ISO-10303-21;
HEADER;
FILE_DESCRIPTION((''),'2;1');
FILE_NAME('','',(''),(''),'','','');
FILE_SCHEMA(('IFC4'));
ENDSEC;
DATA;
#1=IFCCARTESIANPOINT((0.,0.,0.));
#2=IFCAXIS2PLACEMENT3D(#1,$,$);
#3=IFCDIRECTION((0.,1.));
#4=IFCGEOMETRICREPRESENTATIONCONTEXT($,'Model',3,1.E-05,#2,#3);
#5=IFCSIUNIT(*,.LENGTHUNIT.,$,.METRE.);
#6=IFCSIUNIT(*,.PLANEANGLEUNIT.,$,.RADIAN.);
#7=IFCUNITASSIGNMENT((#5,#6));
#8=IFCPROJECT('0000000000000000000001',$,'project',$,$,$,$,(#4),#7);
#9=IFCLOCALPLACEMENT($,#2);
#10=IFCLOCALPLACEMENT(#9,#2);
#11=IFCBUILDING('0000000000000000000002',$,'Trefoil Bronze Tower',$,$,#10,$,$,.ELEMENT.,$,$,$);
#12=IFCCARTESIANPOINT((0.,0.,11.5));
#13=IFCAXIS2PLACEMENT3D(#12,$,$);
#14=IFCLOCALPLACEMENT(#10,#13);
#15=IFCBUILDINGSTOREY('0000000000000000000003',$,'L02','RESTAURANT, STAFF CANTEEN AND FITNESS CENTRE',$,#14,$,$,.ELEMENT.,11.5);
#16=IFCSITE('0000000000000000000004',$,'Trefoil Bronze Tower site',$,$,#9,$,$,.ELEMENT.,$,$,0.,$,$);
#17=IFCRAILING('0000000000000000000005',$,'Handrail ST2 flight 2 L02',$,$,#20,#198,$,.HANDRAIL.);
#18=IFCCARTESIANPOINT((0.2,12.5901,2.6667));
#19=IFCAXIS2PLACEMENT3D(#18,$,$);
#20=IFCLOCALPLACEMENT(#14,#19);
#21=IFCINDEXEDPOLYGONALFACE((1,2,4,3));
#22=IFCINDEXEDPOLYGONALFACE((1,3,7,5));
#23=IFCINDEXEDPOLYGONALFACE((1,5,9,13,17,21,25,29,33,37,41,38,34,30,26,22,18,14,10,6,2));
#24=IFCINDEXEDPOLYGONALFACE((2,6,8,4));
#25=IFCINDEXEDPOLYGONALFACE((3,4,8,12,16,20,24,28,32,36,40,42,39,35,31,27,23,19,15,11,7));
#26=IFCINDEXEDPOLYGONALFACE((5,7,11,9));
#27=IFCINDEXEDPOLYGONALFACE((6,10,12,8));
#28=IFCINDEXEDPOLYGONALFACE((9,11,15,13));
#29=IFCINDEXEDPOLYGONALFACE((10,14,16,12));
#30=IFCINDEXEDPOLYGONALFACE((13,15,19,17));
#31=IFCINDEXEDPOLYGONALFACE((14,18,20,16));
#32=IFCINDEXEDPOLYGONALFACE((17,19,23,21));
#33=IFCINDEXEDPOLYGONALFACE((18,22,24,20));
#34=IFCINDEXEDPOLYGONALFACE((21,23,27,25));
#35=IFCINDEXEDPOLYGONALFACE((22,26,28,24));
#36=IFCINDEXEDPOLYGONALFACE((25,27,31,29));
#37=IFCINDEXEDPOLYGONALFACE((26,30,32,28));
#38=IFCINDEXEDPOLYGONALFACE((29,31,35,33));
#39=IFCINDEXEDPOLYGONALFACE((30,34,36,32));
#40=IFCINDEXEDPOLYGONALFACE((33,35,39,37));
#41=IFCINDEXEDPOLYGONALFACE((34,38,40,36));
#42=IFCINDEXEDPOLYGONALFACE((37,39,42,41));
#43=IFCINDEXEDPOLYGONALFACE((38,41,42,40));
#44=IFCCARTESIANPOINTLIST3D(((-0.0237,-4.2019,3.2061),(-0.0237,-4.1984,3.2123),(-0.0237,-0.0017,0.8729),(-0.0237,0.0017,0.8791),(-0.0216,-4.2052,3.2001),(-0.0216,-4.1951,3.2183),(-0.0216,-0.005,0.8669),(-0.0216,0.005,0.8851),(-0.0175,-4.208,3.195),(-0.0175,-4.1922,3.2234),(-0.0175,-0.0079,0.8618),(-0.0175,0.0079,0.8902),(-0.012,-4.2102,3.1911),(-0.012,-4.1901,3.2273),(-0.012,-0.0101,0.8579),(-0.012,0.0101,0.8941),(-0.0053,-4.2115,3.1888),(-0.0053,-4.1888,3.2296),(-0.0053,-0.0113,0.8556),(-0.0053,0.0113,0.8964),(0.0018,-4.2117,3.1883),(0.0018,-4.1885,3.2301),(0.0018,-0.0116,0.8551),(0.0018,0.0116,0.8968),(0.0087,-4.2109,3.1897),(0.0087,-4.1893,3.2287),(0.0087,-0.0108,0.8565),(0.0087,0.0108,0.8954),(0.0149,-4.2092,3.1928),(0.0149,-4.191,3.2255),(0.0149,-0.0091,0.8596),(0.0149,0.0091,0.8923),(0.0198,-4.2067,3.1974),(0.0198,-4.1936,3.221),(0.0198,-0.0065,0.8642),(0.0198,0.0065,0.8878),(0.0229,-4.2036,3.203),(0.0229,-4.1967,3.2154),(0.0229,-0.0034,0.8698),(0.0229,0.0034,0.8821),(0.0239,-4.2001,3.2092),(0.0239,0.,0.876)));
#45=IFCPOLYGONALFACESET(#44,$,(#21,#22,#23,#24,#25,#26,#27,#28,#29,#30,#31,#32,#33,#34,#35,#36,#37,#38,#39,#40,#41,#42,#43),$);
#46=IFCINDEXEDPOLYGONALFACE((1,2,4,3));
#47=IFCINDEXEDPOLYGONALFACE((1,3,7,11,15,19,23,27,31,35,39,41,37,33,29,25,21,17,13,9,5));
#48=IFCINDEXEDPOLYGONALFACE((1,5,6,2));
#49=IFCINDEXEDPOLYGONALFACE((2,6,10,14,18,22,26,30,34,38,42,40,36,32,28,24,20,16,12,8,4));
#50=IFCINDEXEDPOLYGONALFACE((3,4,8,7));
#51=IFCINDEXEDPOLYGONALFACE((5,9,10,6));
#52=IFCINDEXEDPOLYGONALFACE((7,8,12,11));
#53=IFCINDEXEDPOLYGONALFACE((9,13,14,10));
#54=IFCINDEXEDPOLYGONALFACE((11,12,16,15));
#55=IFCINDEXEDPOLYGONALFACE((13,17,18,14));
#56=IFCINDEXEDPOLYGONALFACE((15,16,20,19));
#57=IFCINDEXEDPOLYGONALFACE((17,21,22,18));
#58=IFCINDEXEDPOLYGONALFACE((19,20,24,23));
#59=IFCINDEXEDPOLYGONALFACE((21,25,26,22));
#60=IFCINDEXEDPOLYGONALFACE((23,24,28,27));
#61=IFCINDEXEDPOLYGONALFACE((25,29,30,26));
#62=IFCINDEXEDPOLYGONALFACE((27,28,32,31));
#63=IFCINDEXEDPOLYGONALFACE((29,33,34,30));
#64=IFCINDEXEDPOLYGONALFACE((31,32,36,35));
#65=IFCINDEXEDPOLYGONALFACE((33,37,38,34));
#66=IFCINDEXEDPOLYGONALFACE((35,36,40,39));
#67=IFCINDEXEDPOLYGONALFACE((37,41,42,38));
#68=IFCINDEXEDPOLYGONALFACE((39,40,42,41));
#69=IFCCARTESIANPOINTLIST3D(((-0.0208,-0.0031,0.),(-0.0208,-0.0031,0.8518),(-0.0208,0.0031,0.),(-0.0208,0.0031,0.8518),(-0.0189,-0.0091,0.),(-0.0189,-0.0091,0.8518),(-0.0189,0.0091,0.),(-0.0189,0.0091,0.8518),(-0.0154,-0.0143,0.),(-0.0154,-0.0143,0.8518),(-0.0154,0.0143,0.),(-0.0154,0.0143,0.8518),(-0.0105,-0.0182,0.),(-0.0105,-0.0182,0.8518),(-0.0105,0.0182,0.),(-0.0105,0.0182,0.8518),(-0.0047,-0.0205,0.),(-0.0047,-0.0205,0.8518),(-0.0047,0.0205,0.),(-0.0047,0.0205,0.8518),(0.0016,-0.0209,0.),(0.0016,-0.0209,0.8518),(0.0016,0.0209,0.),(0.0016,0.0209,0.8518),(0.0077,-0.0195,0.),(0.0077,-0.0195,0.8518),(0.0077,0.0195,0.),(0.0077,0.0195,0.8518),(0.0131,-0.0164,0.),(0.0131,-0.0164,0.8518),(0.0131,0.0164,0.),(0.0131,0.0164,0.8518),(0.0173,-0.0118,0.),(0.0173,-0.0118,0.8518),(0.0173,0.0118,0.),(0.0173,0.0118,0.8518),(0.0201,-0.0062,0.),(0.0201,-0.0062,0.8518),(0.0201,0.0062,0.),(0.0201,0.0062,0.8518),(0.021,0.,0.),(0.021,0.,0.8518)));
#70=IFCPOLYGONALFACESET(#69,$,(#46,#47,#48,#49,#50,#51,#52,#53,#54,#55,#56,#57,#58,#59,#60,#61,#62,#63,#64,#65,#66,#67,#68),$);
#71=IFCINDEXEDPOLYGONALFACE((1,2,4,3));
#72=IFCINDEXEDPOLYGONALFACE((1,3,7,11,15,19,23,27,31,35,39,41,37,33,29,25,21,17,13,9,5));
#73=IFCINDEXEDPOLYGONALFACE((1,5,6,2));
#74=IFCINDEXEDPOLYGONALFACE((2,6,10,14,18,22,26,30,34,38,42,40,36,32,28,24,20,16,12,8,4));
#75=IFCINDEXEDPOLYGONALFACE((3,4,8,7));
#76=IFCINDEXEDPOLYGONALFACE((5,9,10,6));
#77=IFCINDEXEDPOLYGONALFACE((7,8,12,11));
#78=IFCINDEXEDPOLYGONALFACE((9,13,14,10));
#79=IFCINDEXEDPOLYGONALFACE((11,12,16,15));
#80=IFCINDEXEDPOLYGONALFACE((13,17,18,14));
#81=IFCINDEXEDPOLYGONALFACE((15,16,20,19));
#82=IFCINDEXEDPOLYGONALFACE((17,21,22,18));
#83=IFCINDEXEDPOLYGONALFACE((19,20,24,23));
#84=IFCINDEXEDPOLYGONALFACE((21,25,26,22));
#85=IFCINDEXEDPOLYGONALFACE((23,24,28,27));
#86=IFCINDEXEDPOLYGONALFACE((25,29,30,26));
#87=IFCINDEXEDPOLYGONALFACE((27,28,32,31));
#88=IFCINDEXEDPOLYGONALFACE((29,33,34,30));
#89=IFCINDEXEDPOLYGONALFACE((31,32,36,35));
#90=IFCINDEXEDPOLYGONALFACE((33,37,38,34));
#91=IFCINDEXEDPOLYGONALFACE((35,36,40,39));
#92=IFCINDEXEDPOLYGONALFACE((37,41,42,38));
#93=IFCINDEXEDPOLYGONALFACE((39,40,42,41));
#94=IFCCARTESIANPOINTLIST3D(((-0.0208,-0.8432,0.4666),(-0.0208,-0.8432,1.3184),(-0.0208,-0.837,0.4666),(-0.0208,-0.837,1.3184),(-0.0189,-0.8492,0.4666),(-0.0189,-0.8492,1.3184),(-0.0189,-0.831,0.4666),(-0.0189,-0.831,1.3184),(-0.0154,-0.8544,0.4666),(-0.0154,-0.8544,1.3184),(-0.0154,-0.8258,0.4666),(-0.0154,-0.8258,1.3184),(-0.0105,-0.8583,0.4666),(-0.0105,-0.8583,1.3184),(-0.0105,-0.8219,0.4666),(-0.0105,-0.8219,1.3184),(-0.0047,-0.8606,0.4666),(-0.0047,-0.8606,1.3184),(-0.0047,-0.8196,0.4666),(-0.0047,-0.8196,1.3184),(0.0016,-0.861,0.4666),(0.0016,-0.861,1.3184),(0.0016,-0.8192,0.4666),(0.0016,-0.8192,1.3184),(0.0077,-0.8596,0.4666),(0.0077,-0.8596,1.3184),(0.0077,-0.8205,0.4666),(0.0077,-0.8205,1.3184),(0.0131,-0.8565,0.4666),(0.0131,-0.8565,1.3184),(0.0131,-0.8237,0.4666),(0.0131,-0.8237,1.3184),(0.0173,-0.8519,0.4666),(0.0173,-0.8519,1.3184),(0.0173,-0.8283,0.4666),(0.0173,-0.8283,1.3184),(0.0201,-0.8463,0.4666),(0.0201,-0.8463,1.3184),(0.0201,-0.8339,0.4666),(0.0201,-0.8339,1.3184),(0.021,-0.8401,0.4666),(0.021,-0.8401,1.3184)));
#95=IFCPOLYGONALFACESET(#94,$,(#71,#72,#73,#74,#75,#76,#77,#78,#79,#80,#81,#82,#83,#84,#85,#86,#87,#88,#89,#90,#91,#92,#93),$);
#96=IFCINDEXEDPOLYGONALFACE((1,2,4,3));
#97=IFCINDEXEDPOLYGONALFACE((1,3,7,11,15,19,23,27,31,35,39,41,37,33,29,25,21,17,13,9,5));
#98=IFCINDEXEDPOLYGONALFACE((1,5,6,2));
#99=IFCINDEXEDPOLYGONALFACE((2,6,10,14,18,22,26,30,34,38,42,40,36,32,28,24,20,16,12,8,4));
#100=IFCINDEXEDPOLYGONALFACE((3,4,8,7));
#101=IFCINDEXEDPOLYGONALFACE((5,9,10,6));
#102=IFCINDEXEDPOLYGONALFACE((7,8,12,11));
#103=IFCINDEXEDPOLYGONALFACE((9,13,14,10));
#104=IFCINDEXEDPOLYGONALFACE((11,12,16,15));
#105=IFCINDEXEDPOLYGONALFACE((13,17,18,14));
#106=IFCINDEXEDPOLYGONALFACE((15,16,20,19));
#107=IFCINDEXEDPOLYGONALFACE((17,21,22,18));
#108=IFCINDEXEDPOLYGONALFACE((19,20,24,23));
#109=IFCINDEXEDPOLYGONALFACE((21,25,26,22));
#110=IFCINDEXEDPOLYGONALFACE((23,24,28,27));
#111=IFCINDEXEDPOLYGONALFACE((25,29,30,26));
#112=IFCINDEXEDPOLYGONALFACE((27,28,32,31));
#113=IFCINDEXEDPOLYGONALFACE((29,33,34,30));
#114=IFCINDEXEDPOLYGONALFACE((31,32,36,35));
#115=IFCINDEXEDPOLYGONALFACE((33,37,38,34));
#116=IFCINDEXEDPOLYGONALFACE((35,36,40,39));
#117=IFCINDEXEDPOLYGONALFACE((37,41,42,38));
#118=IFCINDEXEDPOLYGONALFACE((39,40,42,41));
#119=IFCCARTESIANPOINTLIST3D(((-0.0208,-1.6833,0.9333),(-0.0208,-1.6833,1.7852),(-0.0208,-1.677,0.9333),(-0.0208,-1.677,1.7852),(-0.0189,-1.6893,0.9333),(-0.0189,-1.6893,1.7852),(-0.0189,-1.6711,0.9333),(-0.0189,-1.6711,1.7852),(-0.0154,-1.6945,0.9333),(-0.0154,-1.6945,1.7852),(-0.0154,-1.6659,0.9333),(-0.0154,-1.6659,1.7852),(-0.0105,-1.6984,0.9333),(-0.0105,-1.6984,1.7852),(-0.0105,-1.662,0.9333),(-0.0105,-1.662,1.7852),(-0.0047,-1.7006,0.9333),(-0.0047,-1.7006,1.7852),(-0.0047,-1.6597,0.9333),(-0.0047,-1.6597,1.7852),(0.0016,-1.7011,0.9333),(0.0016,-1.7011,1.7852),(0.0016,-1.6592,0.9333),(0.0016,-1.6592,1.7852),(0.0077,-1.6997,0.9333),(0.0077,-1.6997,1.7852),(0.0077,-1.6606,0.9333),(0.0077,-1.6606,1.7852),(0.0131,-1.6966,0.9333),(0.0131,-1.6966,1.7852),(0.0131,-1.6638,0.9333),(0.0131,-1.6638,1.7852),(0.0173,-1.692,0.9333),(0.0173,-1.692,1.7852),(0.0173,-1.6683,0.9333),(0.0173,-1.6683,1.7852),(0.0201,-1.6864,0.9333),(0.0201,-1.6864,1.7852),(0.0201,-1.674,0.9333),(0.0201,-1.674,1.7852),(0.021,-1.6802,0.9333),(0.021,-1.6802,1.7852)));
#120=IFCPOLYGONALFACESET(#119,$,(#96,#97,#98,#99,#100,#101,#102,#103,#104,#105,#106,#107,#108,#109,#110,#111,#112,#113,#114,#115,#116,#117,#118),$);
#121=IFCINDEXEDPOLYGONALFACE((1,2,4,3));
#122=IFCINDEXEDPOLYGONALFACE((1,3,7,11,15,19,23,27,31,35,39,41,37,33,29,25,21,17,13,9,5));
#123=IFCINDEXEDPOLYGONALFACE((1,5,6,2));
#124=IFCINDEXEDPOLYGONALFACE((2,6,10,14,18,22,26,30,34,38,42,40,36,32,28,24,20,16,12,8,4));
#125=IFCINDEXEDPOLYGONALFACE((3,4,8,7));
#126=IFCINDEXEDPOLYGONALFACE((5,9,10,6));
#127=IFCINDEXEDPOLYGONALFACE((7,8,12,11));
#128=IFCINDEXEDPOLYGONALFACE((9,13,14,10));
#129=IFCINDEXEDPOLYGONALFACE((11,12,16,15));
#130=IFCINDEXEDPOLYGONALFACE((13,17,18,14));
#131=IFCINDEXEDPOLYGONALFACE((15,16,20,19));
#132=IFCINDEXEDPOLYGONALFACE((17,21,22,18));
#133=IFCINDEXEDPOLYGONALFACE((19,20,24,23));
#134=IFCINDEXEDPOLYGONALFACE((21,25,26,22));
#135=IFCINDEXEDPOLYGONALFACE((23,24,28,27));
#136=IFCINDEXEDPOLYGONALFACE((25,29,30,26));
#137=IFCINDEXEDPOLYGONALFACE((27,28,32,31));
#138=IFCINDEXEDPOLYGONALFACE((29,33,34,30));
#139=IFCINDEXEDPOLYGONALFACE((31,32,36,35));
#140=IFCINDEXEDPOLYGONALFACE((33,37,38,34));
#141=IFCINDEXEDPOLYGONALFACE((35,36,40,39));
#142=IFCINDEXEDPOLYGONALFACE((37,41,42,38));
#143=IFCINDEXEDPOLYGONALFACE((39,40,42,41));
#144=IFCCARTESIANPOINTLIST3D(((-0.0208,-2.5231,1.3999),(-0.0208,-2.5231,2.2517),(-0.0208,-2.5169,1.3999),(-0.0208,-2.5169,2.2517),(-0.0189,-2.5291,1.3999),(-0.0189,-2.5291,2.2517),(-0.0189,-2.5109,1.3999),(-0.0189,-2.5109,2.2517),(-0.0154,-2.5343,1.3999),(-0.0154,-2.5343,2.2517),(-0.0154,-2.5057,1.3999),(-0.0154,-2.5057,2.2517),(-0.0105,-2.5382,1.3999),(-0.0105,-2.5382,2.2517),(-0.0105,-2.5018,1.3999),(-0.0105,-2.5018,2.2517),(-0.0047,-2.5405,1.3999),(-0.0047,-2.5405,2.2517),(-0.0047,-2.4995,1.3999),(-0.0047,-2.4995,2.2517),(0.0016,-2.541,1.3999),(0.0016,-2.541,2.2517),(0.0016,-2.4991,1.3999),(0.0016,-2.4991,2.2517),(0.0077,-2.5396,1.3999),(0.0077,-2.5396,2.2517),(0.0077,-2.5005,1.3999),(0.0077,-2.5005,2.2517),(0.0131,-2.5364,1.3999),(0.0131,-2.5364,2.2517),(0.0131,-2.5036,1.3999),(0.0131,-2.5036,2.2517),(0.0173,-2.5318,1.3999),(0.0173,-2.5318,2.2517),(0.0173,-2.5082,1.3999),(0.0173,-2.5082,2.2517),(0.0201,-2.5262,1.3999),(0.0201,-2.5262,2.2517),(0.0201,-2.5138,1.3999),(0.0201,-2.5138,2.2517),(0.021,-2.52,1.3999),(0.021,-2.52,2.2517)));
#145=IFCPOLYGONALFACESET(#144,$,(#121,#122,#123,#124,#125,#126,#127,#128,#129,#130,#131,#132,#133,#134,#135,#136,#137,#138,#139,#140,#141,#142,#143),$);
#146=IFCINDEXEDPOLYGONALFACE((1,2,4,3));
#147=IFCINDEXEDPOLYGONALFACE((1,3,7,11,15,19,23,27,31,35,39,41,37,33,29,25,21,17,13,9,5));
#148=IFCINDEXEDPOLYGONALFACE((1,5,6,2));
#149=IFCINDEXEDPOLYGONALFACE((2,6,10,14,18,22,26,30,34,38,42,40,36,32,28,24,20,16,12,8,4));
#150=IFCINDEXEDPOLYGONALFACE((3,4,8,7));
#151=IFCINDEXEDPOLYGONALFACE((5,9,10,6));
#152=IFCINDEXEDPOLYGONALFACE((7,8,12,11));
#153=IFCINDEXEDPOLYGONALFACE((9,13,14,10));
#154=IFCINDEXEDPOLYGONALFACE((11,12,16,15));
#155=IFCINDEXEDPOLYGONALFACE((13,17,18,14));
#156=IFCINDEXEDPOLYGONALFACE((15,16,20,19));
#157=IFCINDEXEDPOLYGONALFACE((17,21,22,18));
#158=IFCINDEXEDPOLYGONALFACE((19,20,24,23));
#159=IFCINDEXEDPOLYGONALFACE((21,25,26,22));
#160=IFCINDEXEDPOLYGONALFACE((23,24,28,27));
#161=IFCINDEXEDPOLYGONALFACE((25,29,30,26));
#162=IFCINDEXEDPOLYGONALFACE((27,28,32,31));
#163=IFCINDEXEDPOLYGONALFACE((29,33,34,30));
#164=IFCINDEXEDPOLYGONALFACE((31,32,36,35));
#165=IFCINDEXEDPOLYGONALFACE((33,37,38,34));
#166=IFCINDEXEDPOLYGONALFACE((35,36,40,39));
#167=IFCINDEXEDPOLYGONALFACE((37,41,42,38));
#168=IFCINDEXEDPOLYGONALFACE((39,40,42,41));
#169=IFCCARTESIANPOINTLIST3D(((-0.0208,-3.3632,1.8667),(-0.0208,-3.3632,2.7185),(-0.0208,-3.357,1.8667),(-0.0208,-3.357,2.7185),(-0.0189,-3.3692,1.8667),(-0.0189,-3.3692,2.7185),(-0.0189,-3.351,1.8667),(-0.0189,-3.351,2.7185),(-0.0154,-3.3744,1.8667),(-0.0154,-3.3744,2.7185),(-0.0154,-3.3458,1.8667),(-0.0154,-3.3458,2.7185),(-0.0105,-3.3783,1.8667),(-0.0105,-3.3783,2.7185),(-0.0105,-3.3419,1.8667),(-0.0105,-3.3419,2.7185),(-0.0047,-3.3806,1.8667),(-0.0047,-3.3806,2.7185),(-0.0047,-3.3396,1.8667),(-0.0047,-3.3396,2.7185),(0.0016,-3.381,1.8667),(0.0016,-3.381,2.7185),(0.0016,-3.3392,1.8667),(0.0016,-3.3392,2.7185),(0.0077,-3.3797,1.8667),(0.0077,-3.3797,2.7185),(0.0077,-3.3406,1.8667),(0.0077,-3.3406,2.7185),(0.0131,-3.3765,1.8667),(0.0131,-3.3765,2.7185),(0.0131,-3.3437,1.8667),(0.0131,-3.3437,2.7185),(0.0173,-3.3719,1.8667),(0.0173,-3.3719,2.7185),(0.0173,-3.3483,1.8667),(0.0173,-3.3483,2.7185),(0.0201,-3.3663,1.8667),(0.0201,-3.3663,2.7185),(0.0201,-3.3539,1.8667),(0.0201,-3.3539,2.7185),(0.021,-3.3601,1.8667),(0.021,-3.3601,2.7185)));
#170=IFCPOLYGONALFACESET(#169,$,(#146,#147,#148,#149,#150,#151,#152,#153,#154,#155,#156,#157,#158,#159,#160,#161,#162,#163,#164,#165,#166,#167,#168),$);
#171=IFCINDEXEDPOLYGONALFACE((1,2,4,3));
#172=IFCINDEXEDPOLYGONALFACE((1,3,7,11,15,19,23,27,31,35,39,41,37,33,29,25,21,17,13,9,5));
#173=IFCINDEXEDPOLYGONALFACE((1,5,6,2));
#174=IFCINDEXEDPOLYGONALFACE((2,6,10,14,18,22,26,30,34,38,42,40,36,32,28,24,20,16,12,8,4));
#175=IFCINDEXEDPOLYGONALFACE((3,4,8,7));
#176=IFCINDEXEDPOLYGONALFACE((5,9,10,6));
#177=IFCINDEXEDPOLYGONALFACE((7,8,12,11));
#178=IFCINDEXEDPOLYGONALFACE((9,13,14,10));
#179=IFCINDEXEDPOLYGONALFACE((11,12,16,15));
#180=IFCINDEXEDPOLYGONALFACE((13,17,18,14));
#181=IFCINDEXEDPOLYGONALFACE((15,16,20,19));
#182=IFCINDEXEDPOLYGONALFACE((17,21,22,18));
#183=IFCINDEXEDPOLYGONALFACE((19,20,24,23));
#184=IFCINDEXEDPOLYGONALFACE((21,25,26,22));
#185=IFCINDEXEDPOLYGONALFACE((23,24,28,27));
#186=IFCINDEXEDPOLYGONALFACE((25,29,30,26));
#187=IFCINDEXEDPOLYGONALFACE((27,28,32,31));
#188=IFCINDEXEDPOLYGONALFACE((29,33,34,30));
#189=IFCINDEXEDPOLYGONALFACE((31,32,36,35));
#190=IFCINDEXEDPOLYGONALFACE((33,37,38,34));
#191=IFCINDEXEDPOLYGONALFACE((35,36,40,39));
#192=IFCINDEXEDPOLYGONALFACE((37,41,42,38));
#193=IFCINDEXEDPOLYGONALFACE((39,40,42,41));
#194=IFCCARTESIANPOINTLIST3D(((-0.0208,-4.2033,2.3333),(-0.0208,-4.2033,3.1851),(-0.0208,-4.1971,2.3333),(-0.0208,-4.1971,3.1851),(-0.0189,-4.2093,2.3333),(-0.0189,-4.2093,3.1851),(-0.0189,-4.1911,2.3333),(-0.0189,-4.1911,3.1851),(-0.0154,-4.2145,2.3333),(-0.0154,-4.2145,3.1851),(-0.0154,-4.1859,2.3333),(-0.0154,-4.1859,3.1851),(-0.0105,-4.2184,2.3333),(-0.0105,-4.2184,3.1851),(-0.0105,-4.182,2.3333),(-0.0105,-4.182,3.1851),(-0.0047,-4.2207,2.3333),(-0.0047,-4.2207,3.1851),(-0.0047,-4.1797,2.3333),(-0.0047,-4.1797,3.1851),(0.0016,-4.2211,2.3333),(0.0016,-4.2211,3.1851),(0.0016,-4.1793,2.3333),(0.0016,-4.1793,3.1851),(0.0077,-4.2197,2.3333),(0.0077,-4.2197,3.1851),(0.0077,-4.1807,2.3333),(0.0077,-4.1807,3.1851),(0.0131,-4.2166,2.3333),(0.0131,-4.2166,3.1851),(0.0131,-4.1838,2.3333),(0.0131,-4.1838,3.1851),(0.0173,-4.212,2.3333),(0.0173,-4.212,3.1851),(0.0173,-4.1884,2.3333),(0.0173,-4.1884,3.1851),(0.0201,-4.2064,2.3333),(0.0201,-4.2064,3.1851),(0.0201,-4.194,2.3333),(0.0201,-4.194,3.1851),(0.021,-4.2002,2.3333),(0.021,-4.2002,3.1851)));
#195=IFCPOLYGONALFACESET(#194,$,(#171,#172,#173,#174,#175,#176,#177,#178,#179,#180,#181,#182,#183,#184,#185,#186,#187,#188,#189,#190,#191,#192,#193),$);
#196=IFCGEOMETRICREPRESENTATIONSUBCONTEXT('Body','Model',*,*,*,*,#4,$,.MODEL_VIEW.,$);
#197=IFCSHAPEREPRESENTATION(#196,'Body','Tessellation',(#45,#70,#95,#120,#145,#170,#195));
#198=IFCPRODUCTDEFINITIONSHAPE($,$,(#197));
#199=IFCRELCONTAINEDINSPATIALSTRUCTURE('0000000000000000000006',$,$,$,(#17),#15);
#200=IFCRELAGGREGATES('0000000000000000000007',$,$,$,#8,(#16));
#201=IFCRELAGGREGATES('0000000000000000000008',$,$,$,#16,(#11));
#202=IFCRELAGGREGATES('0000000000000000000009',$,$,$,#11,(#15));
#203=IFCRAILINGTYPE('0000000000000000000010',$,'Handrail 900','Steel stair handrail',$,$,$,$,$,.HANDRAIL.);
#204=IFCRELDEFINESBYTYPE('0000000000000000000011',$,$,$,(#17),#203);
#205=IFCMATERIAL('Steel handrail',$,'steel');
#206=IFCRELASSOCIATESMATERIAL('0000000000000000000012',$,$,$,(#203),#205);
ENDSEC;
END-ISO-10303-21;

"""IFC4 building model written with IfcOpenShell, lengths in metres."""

from ifc_helpers import new_model, si_unit, direction, frame, origin, origin_2d, place, context, subcontext, project, spatial, circle, extrude, material, type_object, element, save


model = new_model("IFC4")

# Units and contexts
model_context = context("Model", 3, precision=1e-05, world=origin(), true_north=direction((0.0, 1.0)))
body_context = subcontext(model_context, "Body", "Model", "MODEL_VIEW")
ifc_project = project(units=[si_unit("LENGTHUNIT", "METRE"), si_unit("PLANEANGLEUNIT", "RADIAN")], contexts=[model_context])

# Site, building, storey
site_placement = place(None, origin())
site = spatial("IfcSite", under=ifc_project, at=site_placement, Name="Trefoil Bronze Tower site", CompositionType="ELEMENT", RefElevation=0.0)
building_placement = place(site_placement, origin())
building = spatial("IfcBuilding", under=site, at=building_placement, Name="Trefoil Bronze Tower", CompositionType="ELEMENT")
storey_placement = place(building_placement, frame((0.0, 0.0, 11.5)))
storey = spatial("IfcBuildingStorey", under=building, at=storey_placement, Name="L02", Description="RESTAURANT, STAFF CANTEEN AND FITNESS CENTRE", CompositionType="ELEMENT", Elevation=11.5)

# Railing
ifc_material_1 = material(Name="Steel handrail", Category="steel")
railing_type = type_object("IfcRailingType", Name="Handrail 900", Description="Steel stair handrail", PredefinedType="HANDRAIL", material=ifc_material_1)
railing_placement = place(storey_placement, frame((0.2, 12.5901, 2.6667)))
element("IfcRailing", 1, at=railing_placement, inside=storey, type_object=railing_type, Name="Handrail ST2 flight 2 L02", PredefinedType="HANDRAIL", context=body_context, shape_type="SweptSolid", body=[
    extrude(circle(Radius=0.0239, at=origin_2d()), frame((0.0, 0.0, 0.876), z_axis=(0.0, -0.874174, 0.485613), x_axis=(1.0, 0.0, 0.0)), (0.0, 0.0, 1.0), 4.8047),
    extrude(circle(Radius=0.021, at=origin_2d()), origin(), (0.0, 0.0, 1.0), 0.8518),
    extrude(circle(Radius=0.021, at=origin_2d()), frame((0.0, -0.8401, 0.4666)), (0.0, 0.0, 1.0), 0.8518),
    extrude(circle(Radius=0.021, at=origin_2d()), frame((0.0, -1.6802, 0.9333)), (0.0, 0.0, 1.0), 0.8518),
    extrude(circle(Radius=0.021, at=origin_2d()), frame((0.0, -2.52, 1.3999)), (0.0, 0.0, 1.0), 0.8518),
    extrude(circle(Radius=0.021, at=origin_2d()), frame((0.0, -3.3601, 1.8667)), (0.0, 0.0, 1.0), 0.8518),
    extrude(circle(Radius=0.021, at=origin_2d()), frame((0.0, -4.2002, 2.3333)), (0.0, 0.0, 1.0), 0.8518),
])

save(model, "model.ifc")
